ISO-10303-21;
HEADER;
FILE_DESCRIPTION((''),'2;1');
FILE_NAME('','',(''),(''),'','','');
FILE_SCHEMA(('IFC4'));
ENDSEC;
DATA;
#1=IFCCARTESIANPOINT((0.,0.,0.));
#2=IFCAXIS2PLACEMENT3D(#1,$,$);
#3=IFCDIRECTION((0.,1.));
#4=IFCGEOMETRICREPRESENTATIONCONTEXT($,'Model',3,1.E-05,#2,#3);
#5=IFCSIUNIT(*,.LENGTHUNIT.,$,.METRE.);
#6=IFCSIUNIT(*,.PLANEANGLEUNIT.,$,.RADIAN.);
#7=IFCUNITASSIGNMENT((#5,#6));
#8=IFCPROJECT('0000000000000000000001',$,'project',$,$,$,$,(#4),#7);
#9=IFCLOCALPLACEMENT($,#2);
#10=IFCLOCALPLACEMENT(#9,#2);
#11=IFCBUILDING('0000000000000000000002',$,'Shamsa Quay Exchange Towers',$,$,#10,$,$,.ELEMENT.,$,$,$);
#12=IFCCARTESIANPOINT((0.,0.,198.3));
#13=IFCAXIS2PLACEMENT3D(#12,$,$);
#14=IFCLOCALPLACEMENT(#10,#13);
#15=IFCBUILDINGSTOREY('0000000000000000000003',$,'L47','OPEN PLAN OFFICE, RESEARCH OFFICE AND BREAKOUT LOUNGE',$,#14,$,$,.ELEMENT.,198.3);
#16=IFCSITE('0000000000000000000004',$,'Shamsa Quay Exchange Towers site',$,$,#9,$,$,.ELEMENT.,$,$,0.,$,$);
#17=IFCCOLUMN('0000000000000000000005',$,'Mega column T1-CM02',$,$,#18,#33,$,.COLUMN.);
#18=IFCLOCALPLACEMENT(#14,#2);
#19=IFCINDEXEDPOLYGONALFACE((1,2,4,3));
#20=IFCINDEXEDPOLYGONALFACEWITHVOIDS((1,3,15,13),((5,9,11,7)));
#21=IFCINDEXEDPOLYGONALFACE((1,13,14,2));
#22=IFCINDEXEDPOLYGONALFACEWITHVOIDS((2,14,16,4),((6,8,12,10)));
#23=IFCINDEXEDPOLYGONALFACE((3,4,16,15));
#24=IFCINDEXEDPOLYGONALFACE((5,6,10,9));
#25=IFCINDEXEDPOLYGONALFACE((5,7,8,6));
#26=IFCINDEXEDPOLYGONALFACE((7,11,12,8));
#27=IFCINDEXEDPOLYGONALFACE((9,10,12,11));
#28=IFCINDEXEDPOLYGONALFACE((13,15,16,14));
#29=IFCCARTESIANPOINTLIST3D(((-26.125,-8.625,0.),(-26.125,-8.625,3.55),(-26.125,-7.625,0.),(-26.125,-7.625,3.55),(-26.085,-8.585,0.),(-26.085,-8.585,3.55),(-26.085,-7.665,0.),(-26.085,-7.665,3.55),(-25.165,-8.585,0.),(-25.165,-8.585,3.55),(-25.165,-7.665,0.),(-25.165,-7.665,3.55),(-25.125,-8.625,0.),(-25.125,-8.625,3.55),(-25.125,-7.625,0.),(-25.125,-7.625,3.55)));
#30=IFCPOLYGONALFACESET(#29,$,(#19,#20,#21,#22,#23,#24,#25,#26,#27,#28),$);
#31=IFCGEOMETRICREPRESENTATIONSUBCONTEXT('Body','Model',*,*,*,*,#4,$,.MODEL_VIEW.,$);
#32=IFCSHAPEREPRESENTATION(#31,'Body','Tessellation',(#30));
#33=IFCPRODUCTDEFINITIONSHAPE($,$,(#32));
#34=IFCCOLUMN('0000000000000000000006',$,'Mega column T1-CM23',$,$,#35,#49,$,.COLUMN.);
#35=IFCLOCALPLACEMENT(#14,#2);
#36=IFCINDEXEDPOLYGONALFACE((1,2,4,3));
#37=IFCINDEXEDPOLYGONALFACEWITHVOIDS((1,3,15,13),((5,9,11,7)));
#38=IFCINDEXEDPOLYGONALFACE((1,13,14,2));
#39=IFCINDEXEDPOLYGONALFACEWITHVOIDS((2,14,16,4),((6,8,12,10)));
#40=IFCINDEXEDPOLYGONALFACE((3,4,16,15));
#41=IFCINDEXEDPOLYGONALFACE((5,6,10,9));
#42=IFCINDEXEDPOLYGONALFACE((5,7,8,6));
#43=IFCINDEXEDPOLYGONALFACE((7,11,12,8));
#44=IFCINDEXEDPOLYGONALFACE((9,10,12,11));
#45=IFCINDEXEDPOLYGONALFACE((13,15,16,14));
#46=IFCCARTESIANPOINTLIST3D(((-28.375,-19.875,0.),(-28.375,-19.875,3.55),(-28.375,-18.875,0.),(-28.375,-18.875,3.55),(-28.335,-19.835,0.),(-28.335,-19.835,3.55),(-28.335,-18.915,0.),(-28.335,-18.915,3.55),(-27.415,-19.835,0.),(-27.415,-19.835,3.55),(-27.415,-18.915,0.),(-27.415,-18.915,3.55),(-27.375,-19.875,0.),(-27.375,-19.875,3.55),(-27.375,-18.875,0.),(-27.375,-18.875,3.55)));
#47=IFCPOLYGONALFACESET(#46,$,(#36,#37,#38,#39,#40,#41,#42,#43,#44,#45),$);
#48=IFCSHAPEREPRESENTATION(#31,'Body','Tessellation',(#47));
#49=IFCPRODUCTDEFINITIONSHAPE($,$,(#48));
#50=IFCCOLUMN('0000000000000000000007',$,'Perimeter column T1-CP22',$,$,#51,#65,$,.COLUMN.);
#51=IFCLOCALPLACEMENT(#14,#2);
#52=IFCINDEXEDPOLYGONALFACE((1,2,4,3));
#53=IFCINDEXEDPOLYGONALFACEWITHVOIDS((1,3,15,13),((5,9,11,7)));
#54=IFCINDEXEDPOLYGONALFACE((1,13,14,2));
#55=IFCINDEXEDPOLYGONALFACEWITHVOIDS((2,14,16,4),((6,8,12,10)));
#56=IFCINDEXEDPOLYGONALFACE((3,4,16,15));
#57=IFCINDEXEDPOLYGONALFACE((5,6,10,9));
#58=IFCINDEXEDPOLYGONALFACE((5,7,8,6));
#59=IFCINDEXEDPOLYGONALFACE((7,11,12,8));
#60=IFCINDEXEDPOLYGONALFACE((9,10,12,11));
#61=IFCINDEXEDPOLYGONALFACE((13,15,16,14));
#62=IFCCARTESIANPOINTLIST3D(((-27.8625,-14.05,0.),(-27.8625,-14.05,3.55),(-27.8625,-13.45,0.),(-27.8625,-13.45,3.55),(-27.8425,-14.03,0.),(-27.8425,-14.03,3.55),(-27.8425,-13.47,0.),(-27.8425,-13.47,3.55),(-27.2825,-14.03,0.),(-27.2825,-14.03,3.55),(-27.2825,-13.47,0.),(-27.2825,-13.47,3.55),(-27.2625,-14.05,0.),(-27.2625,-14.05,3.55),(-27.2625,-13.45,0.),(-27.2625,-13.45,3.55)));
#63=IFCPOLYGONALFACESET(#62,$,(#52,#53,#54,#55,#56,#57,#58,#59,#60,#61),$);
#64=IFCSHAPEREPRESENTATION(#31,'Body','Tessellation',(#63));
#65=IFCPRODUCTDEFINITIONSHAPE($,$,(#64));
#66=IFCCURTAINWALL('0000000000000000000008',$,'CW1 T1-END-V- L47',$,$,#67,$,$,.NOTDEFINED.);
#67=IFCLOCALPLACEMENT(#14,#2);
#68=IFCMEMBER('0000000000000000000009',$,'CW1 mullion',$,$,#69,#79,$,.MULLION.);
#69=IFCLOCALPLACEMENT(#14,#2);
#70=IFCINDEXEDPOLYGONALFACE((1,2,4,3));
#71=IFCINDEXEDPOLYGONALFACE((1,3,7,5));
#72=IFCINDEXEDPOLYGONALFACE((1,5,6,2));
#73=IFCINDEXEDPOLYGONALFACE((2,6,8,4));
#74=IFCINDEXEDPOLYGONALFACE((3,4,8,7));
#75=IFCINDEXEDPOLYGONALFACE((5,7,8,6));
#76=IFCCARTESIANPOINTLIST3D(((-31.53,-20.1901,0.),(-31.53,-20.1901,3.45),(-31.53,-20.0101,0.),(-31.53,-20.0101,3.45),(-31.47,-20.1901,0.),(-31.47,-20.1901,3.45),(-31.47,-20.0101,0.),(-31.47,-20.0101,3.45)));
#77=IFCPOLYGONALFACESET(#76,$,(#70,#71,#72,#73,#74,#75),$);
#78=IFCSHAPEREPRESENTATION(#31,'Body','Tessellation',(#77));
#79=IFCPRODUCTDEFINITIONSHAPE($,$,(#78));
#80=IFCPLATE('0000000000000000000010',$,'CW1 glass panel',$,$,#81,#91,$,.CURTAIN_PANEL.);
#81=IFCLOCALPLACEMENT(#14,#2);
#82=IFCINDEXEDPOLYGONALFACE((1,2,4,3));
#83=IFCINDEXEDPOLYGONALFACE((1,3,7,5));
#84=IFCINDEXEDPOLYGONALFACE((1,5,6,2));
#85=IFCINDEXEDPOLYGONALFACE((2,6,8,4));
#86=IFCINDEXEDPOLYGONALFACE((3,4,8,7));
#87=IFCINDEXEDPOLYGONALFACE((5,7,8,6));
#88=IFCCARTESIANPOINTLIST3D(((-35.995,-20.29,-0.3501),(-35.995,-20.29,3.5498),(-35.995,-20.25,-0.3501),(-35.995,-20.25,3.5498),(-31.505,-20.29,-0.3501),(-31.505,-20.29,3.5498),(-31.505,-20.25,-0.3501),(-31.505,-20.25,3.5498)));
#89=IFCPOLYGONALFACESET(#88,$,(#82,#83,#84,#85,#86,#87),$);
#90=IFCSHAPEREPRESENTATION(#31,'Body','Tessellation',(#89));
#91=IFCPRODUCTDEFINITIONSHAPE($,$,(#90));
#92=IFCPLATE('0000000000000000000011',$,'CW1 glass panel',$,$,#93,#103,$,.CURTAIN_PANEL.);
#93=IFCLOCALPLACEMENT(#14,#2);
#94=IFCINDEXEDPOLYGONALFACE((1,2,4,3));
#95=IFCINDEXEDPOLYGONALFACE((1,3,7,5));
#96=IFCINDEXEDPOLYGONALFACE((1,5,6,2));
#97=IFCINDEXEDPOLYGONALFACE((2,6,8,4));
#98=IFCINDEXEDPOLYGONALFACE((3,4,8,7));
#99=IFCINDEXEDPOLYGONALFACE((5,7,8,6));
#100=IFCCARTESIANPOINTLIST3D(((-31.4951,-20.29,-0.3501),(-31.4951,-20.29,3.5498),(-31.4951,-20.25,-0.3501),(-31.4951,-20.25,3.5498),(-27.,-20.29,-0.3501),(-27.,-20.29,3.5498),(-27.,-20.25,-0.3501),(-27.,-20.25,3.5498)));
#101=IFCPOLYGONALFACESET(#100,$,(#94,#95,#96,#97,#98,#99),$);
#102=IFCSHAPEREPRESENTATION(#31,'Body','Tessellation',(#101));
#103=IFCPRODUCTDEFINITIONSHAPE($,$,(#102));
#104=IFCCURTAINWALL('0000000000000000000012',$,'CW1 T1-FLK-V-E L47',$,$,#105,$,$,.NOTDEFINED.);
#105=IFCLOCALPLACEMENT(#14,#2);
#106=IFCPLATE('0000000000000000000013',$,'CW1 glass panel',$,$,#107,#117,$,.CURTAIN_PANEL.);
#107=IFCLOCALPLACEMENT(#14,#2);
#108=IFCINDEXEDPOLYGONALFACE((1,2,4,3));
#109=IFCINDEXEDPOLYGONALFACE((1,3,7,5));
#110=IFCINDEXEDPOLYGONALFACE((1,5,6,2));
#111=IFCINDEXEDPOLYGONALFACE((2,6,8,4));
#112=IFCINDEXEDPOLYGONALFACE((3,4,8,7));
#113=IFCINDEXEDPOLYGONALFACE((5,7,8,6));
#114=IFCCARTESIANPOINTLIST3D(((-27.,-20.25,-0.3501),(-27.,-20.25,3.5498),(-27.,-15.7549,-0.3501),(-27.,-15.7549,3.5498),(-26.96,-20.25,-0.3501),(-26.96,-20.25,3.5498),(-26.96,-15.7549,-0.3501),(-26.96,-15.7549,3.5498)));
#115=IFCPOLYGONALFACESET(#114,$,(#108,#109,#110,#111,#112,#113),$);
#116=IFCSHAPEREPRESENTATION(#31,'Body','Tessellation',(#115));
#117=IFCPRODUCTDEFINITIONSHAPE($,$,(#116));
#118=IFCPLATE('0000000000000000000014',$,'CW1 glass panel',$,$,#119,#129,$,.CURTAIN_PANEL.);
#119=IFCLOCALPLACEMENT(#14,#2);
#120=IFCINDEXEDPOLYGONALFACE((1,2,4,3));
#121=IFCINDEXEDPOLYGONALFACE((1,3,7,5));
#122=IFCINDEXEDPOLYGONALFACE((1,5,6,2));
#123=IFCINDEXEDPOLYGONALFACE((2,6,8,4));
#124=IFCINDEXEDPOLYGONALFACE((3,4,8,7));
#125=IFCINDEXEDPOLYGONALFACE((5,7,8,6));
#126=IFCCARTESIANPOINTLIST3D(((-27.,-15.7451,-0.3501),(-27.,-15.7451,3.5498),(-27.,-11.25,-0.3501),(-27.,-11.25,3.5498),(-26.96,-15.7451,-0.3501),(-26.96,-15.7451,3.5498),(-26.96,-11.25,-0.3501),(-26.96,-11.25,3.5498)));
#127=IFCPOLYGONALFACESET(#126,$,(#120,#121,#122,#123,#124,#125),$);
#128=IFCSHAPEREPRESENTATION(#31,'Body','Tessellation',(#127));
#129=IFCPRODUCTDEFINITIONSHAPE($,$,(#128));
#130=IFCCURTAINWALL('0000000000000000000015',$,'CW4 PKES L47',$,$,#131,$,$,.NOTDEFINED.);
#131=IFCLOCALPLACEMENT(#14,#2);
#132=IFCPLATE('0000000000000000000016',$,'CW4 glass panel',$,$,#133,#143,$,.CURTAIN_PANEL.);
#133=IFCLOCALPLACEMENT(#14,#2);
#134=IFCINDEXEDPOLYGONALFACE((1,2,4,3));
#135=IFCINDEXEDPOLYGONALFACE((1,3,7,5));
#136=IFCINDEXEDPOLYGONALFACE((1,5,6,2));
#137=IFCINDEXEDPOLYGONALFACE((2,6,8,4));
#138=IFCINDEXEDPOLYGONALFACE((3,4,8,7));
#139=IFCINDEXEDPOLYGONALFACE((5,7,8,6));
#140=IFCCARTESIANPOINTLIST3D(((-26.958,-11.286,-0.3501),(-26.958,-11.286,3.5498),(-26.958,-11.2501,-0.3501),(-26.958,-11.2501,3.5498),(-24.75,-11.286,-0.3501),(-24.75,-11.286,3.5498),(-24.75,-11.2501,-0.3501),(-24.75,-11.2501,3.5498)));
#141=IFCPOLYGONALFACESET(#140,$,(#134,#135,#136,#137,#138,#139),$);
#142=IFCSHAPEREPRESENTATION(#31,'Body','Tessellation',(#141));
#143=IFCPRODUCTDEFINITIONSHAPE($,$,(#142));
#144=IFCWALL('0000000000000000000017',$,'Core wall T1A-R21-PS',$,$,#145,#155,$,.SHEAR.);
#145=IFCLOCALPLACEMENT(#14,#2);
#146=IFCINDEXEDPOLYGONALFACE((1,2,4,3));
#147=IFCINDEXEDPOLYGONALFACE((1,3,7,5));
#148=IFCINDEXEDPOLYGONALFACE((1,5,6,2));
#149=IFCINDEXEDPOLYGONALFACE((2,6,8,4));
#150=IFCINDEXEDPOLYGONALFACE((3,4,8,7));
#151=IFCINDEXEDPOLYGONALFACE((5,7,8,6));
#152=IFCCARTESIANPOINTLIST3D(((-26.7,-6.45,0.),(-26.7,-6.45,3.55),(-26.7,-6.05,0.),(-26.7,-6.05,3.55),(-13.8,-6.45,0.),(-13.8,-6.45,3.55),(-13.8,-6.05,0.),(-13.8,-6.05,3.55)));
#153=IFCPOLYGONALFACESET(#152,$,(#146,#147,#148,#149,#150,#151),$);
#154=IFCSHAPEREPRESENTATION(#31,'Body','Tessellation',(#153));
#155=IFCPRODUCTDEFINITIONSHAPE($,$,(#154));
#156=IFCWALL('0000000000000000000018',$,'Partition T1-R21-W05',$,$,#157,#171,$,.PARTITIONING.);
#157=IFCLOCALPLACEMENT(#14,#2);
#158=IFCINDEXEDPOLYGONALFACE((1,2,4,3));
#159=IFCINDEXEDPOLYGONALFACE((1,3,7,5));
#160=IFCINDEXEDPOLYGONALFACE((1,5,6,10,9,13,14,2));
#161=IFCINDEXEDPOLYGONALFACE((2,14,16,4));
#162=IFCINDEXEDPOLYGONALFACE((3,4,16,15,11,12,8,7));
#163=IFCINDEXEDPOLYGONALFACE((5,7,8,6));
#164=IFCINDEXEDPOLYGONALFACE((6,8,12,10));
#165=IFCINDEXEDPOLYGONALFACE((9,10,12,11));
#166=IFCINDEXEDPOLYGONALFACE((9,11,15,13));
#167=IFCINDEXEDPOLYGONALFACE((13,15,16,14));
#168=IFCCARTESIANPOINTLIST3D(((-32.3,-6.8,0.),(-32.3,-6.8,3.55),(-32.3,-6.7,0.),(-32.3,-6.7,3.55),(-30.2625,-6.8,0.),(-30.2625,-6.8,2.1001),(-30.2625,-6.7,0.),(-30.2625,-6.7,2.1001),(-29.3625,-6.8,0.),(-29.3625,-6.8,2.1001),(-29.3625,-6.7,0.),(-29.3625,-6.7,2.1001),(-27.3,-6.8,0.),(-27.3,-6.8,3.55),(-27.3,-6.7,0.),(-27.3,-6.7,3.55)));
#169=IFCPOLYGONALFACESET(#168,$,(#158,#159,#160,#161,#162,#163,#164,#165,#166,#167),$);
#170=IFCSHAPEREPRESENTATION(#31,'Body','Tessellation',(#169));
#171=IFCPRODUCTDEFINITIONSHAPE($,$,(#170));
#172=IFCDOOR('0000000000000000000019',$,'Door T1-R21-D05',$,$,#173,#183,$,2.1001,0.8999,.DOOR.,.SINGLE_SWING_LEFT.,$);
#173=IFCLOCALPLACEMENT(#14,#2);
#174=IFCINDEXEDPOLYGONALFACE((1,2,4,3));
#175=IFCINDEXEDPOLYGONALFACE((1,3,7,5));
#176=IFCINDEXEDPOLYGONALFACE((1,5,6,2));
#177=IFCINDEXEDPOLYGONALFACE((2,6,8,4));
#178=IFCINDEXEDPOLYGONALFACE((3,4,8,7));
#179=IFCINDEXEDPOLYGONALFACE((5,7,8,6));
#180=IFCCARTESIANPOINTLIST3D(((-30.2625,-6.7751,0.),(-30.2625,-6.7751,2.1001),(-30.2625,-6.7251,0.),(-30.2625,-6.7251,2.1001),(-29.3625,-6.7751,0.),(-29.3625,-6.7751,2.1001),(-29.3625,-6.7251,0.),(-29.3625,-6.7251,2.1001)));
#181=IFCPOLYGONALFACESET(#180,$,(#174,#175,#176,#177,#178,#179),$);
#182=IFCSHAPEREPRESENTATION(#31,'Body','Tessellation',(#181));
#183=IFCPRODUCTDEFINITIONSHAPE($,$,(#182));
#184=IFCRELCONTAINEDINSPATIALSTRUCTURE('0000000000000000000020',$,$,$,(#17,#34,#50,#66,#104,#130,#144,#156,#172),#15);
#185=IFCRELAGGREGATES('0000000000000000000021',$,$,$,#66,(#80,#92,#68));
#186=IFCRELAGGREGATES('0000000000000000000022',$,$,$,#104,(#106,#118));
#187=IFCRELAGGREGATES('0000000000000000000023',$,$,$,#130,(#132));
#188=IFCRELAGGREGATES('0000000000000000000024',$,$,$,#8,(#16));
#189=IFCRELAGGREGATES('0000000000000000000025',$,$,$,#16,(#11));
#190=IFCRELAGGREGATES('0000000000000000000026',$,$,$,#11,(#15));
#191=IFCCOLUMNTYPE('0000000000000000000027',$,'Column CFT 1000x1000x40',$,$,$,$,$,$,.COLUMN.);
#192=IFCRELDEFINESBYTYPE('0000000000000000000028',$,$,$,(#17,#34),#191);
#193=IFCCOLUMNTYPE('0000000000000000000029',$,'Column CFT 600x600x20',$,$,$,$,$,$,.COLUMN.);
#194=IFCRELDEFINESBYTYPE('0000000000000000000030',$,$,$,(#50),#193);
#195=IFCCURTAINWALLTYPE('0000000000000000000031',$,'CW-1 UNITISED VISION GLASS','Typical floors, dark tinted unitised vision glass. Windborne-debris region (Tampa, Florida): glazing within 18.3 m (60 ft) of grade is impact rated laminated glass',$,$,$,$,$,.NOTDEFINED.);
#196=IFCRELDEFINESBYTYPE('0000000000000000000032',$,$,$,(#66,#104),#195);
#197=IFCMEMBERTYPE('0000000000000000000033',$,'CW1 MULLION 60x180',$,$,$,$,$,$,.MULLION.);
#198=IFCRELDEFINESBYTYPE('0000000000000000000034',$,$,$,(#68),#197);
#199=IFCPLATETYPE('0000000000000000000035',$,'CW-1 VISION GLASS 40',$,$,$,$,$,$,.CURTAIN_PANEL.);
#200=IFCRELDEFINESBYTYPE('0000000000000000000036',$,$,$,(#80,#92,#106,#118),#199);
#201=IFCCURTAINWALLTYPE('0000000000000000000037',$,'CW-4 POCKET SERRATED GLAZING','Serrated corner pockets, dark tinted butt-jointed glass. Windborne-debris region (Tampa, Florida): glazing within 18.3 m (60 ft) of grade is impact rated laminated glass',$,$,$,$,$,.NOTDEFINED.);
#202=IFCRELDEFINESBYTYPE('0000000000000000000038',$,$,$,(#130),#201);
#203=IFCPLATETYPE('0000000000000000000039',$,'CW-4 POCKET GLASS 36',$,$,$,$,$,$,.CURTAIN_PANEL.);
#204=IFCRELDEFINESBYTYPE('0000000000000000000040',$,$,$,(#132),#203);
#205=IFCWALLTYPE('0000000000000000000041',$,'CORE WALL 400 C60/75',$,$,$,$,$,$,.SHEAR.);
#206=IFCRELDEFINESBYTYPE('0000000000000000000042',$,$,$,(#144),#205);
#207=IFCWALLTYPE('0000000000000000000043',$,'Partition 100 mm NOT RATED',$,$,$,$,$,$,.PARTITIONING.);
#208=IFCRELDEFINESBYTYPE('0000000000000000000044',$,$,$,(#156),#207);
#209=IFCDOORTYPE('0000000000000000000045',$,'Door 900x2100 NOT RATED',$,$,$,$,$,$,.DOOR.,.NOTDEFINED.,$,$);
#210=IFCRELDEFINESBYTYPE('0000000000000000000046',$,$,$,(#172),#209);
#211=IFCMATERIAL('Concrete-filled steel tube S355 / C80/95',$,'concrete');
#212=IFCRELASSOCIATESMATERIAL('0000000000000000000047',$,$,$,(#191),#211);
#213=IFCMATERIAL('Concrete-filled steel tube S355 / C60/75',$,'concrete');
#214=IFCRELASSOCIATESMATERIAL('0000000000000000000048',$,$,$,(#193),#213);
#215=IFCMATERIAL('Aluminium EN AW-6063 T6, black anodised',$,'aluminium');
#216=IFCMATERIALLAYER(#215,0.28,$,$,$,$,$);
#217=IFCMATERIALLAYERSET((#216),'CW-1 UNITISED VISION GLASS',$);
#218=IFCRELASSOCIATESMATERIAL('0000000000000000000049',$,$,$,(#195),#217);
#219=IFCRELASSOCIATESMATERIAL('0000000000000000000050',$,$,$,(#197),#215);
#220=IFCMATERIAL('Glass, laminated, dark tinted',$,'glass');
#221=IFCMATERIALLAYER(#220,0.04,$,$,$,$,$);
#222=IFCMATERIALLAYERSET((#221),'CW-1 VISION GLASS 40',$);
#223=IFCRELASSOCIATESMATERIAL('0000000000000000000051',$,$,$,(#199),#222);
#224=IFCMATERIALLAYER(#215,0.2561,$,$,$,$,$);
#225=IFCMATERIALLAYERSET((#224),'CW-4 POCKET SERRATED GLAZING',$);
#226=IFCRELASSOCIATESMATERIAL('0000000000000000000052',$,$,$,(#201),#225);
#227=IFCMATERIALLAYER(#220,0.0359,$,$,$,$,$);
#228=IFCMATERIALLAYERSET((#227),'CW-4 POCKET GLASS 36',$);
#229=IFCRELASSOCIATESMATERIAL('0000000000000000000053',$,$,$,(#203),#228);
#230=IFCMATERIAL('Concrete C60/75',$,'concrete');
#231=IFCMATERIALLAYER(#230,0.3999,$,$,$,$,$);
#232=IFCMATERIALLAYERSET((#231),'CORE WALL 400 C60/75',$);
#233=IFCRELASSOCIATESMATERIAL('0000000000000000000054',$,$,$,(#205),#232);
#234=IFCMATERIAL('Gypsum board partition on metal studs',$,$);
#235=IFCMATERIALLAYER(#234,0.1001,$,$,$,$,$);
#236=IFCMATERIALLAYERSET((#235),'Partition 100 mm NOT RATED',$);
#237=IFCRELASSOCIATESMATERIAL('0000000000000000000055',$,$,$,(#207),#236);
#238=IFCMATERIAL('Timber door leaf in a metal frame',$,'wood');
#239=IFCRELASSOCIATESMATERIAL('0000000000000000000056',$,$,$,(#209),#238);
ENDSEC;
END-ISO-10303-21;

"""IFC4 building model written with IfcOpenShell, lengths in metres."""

from ifc_helpers import new_model, si_unit, direction, frame, frame_2d, origin, origin_2d, place, context, subcontext, project, spatial, rectangle, hollow_rectangle, extrude, material, layer, layer_set, material_profile, profile_set, type_object, element, fill, aggregate, save


model = new_model("IFC4")

# Units and contexts
model_context = context("Model", 3, precision=1e-05, world=origin(), true_north=direction((0.0, 1.0)))
body_context = subcontext(model_context, "Body", "Model", "MODEL_VIEW")
ifc_project = project(units=[si_unit("LENGTHUNIT", "METRE"), si_unit("PLANEANGLEUNIT", "RADIAN")], contexts=[model_context])

# Site, building, storey
site_placement = place(None, origin())
site = spatial("IfcSite", under=ifc_project, at=site_placement, Name="Shamsa Quay Exchange Towers site", CompositionType="ELEMENT", RefElevation=0.0)
building_placement = place(site_placement, origin())
building = spatial("IfcBuilding", under=site, at=building_placement, Name="Shamsa Quay Exchange Towers", CompositionType="ELEMENT")
storey_placement = place(building_placement, frame((0.0, 0.0, 198.3)))
storey = spatial("IfcBuildingStorey", under=building, at=storey_placement, Name="L47", Description="OPEN PLAN OFFICE, RESEARCH OFFICE AND BREAKOUT LOUNGE", CompositionType="ELEMENT", Elevation=198.3)

# Columns
ifc_material_1 = material(Name="Concrete-filled steel tube S355 / C80/95", Category="concrete")
ifc_material_profile_1 = material_profile(ifc_material_1, hollow_rectangle(XDim=1.0, YDim=1.0, WallThickness=0.04, at=origin_2d()), Name="CFT 1000x1000x40")
ifc_profile_set_1 = profile_set([ifc_material_profile_1], Name="Concrete-filled steel tube S355 / C80/95")
column_type_1 = type_object("IfcColumnType", Name="Column CFT 1000x1000x40", PredefinedType="COLUMN", material=ifc_profile_set_1)
for number, where, name in (
    (1, (-25.625, -8.125, 0.0), "Mega column T1-CM02"),
    (2, (-27.875, -19.375, 0.0), "Mega column T1-CM23"),
):
    element("IfcColumn", number, at=place(storey_placement, frame(where)), inside=storey, type_object=column_type_1, Name=name, PredefinedType="COLUMN", context=body_context, shape_type="SweptSolid", body=[
        extrude(hollow_rectangle(XDim=1.0, YDim=1.0, WallThickness=0.04, at=origin_2d()), origin(), (0.0, 0.0, 1.0), 3.55),
    ])
ifc_material_2 = material(Name="Concrete-filled steel tube S355 / C60/75", Category="concrete")
ifc_material_profile_2 = material_profile(ifc_material_2, hollow_rectangle(XDim=0.6001, YDim=0.6001, WallThickness=0.02, at=origin_2d()), Name="CFT 600x600x20")
ifc_profile_set_2 = profile_set([ifc_material_profile_2], Name="Concrete-filled steel tube S355 / C60/75")
column_type_2 = type_object("IfcColumnType", Name="Column CFT 600x600x20", PredefinedType="COLUMN", material=ifc_profile_set_2)
column_placement = place(storey_placement, frame((-27.5625, -13.75, 0.0)))
element("IfcColumn", 3, at=column_placement, inside=storey, type_object=column_type_2, Name="Perimeter column T1-CP22", PredefinedType="COLUMN", context=body_context, shape_type="SweptSolid", body=[
    extrude(hollow_rectangle(XDim=0.6001, YDim=0.6001, WallThickness=0.02, at=origin_2d()), origin(), (0.0, 0.0, 1.0), 3.55),
])

# Curtain wall, member, plates
ifc_material_3 = material(Name="Aluminium EN AW-6063 T6, black anodised", Category="aluminium")
ifc_layer_1 = layer(ifc_material_3, 0.28)
ifc_layer_set_1 = layer_set([ifc_layer_1], Name="CW-1 UNITISED VISION GLASS")
curtain_wall_type_1 = type_object("IfcCurtainWallType", Name="CW-1 UNITISED VISION GLASS", Description="Typical floors, dark tinted unitised vision glass. Windborne-debris region (Tampa, Florida): glazing within 18.3 m (60 ft) of grade is impact rated laminated glass", PredefinedType="NOTDEFINED", material=ifc_layer_set_1)
curtain_wall_1_placement = place(storey_placement, origin())
curtain_wall_1 = element("IfcCurtainWall", 4, at=curtain_wall_1_placement, inside=storey, type_object=curtain_wall_type_1, Name="CW1 T1-END-V- L47", PredefinedType="NOTDEFINED")
ifc_material_profile_3 = material_profile(ifc_material_3, rectangle(XDim=0.1799, YDim=0.0601, at=origin_2d()), Name="MU60x180")
ifc_profile_set_3 = profile_set([ifc_material_profile_3], Name="Aluminium EN AW-6063 T6, black anodised")
member_type = type_object("IfcMemberType", Name="CW1 MULLION 60x180", PredefinedType="MULLION", material=ifc_profile_set_3)
member_placement = place(storey_placement, frame((-31.5, -20.1001, 0.0), z_axis=(0.0, 0.0, 1.0), x_axis=(0.0, 1.0, 0.0)))
member = element("IfcMember", 5, at=member_placement, type_object=member_type, Name="CW1 mullion", PredefinedType="MULLION", context=body_context, shape_type="SweptSolid", body=[
    extrude(rectangle(XDim=0.1799, YDim=0.0601, at=origin_2d()), origin(), (0.0, 0.0, 1.0), 3.45),
])
ifc_material_4 = material(Name="Glass, laminated, dark tinted", Category="glass")
ifc_layer_2 = layer(ifc_material_4, 0.04)
ifc_layer_set_2 = layer_set([ifc_layer_2], Name="CW-1 VISION GLASS 40")
plate_type_1 = type_object("IfcPlateType", Name="CW-1 VISION GLASS 40", PredefinedType="CURTAIN_PANEL", material=ifc_layer_set_2)
plate_1_placement = place(storey_placement, frame((-33.75, -20.27, -0.3501)))
plate_1 = element("IfcPlate", 6, at=plate_1_placement, type_object=plate_type_1, Name="CW1 glass panel", PredefinedType="CURTAIN_PANEL", context=body_context, shape_type="SweptSolid", body=[
    extrude(rectangle(XDim=4.49, YDim=0.04, at=origin_2d()), origin(), (0.0, 0.0, 1.0), 3.8999),
])
plate_2_placement = place(storey_placement, frame((-29.2476, -20.27, -0.3501)))
plate_2 = element("IfcPlate", 7, at=plate_2_placement, type_object=plate_type_1, Name="CW1 glass panel", PredefinedType="CURTAIN_PANEL", context=body_context, shape_type="SweptSolid", body=[
    extrude(rectangle(XDim=4.4951, YDim=0.04, at=origin_2d()), origin(), (0.0, 0.0, 1.0), 3.8999),
])
aggregate(curtain_wall_1, [plate_1, plate_2, member])

# Curtain wall, plates
curtain_wall_2_placement = place(storey_placement, origin())
curtain_wall_2 = element("IfcCurtainWall", 8, at=curtain_wall_2_placement, inside=storey, type_object=curtain_wall_type_1, Name="CW1 T1-FLK-V-E L47", PredefinedType="NOTDEFINED")
plate_3_placement = place(storey_placement, frame((-26.98, -18.0024, -0.3501), z_axis=(0.0, 0.0, 1.0), x_axis=(0.0, 1.0, 0.0)))
plate_3 = element("IfcPlate", 9, at=plate_3_placement, type_object=plate_type_1, Name="CW1 glass panel", PredefinedType="CURTAIN_PANEL", context=body_context, shape_type="SweptSolid", body=[
    extrude(rectangle(XDim=4.4951, YDim=0.04, at=origin_2d()), origin(), (0.0, 0.0, 1.0), 3.8999),
])
plate_4_placement = place(storey_placement, frame((-26.98, -13.4976, -0.3501), z_axis=(0.0, 0.0, 1.0), x_axis=(0.0, 1.0, 0.0)))
plate_4 = element("IfcPlate", 10, at=plate_4_placement, type_object=plate_type_1, Name="CW1 glass panel", PredefinedType="CURTAIN_PANEL", context=body_context, shape_type="SweptSolid", body=[
    extrude(rectangle(XDim=4.4951, YDim=0.04, at=origin_2d()), origin(), (0.0, 0.0, 1.0), 3.8999),
])
aggregate(curtain_wall_2, [plate_3, plate_4])

# Curtain wall, plate
ifc_layer_3 = layer(ifc_material_3, 0.2561)
ifc_layer_set_3 = layer_set([ifc_layer_3], Name="CW-4 POCKET SERRATED GLAZING")
curtain_wall_type_2 = type_object("IfcCurtainWallType", Name="CW-4 POCKET SERRATED GLAZING", Description="Serrated corner pockets, dark tinted butt-jointed glass. Windborne-debris region (Tampa, Florida): glazing within 18.3 m (60 ft) of grade is impact rated laminated glass", PredefinedType="NOTDEFINED", material=ifc_layer_set_3)
curtain_wall_3_placement = place(storey_placement, origin())
curtain_wall_3 = element("IfcCurtainWall", 11, at=curtain_wall_3_placement, inside=storey, type_object=curtain_wall_type_2, Name="CW4 PKES L47", PredefinedType="NOTDEFINED")
ifc_layer_4 = layer(ifc_material_4, 0.0359)
ifc_layer_set_4 = layer_set([ifc_layer_4], Name="CW-4 POCKET GLASS 36")
plate_type_2 = type_object("IfcPlateType", Name="CW-4 POCKET GLASS 36", PredefinedType="CURTAIN_PANEL", material=ifc_layer_set_4)
plate_5_placement = place(storey_placement, frame((-25.854, -11.2681, -0.3501)))
plate_5 = element("IfcPlate", 12, at=plate_5_placement, type_object=plate_type_2, Name="CW4 glass panel", PredefinedType="CURTAIN_PANEL", context=body_context, shape_type="SweptSolid", body=[
    extrude(rectangle(XDim=2.208, YDim=0.0359, at=origin_2d()), origin(), (0.0, 0.0, 1.0), 3.8999),
])
aggregate(curtain_wall_3, [plate_5])

# Wall
ifc_material_5 = material(Name="Concrete C60/75", Category="concrete")
ifc_layer_5 = layer(ifc_material_5, 0.3999)
ifc_layer_set_5 = layer_set([ifc_layer_5], Name="CORE WALL 400 C60/75")
wall_type_1 = type_object("IfcWallType", Name="CORE WALL 400 C60/75", PredefinedType="SHEAR", material=ifc_layer_set_5)
wall_1_placement = place(storey_placement, frame((-26.7, -6.25, 0.0)))
element("IfcWall", 13, at=wall_1_placement, inside=storey, type_object=wall_type_1, Name="Core wall T1A-R21-PS", PredefinedType="SHEAR", context=body_context, shape_type="SweptSolid", body=[
    extrude(rectangle(XDim=12.8999, YDim=0.3999, at=frame_2d((6.45, 0.0))), origin(), (0.0, 0.0, 1.0), 3.55),
])

# Wall, opening, door
ifc_material_6 = material(Name="Gypsum board partition on metal studs")
ifc_layer_6 = layer(ifc_material_6, 0.1001)
ifc_layer_set_6 = layer_set([ifc_layer_6], Name="Partition 100 mm NOT RATED")
wall_type_2 = type_object("IfcWallType", Name="Partition 100 mm NOT RATED", PredefinedType="PARTITIONING", material=ifc_layer_set_6)
wall_2_placement = place(storey_placement, frame((-32.3, -6.75, 0.0)))
wall_2 = element("IfcWall", 14, at=wall_2_placement, inside=storey, type_object=wall_type_2, Name="Partition T1-R21-W05", PredefinedType="PARTITIONING", context=body_context, shape_type="SweptSolid", body=[
    extrude(rectangle(XDim=5.0, YDim=0.1001, at=frame_2d((2.5, 0.0))), origin(), (0.0, 0.0, 1.0), 3.55),
])
opening_1_placement = place(wall_2_placement, frame((2.0376, 0.0, 0.0)))
opening_1 = element("IfcOpeningElement", 15, at=opening_1_placement, cuts=wall_2, PredefinedType="OPENING", context=body_context, shape_type="SweptSolid", body=[
    extrude(rectangle(XDim=0.8999, YDim=2.1001, at=frame_2d((0.45, 1.05))), frame((0.0, 0.0601, 0.0), z_axis=(0.0, -1.0, 0.0), x_axis=(1.0, 0.0, 0.0)), (0.0, 0.0, 1.0), 0.1201),
])
ifc_material_7 = material(Name="Timber door leaf in a metal frame", Category="wood")
door_type_1 = type_object("IfcDoorType", Name="Door 900x2100 NOT RATED", OperationType="NOTDEFINED", PredefinedType="DOOR", material=ifc_material_7)
door_1_placement = place(opening_1_placement, origin())
door_1 = element("IfcDoor", 16, at=door_1_placement, inside=storey, type_object=door_type_1, Name="Door T1-R21-D05", OperationType="SINGLE_SWING_LEFT", OverallHeight=2.1001, OverallWidth=0.8999, PredefinedType="DOOR", context=body_context, shape_type="SweptSolid", body=[
    extrude(rectangle(XDim=0.8999, YDim=2.1001, at=frame_2d((0.45, 1.05))), frame((0.0, 0.0249, 0.0), z_axis=(0.0, -1.0, 0.0), x_axis=(1.0, 0.0, 0.0)), (0.0, 0.0, 1.0), 0.05),
])
fill(opening_1, door_1)

save(model, "model.ifc")
